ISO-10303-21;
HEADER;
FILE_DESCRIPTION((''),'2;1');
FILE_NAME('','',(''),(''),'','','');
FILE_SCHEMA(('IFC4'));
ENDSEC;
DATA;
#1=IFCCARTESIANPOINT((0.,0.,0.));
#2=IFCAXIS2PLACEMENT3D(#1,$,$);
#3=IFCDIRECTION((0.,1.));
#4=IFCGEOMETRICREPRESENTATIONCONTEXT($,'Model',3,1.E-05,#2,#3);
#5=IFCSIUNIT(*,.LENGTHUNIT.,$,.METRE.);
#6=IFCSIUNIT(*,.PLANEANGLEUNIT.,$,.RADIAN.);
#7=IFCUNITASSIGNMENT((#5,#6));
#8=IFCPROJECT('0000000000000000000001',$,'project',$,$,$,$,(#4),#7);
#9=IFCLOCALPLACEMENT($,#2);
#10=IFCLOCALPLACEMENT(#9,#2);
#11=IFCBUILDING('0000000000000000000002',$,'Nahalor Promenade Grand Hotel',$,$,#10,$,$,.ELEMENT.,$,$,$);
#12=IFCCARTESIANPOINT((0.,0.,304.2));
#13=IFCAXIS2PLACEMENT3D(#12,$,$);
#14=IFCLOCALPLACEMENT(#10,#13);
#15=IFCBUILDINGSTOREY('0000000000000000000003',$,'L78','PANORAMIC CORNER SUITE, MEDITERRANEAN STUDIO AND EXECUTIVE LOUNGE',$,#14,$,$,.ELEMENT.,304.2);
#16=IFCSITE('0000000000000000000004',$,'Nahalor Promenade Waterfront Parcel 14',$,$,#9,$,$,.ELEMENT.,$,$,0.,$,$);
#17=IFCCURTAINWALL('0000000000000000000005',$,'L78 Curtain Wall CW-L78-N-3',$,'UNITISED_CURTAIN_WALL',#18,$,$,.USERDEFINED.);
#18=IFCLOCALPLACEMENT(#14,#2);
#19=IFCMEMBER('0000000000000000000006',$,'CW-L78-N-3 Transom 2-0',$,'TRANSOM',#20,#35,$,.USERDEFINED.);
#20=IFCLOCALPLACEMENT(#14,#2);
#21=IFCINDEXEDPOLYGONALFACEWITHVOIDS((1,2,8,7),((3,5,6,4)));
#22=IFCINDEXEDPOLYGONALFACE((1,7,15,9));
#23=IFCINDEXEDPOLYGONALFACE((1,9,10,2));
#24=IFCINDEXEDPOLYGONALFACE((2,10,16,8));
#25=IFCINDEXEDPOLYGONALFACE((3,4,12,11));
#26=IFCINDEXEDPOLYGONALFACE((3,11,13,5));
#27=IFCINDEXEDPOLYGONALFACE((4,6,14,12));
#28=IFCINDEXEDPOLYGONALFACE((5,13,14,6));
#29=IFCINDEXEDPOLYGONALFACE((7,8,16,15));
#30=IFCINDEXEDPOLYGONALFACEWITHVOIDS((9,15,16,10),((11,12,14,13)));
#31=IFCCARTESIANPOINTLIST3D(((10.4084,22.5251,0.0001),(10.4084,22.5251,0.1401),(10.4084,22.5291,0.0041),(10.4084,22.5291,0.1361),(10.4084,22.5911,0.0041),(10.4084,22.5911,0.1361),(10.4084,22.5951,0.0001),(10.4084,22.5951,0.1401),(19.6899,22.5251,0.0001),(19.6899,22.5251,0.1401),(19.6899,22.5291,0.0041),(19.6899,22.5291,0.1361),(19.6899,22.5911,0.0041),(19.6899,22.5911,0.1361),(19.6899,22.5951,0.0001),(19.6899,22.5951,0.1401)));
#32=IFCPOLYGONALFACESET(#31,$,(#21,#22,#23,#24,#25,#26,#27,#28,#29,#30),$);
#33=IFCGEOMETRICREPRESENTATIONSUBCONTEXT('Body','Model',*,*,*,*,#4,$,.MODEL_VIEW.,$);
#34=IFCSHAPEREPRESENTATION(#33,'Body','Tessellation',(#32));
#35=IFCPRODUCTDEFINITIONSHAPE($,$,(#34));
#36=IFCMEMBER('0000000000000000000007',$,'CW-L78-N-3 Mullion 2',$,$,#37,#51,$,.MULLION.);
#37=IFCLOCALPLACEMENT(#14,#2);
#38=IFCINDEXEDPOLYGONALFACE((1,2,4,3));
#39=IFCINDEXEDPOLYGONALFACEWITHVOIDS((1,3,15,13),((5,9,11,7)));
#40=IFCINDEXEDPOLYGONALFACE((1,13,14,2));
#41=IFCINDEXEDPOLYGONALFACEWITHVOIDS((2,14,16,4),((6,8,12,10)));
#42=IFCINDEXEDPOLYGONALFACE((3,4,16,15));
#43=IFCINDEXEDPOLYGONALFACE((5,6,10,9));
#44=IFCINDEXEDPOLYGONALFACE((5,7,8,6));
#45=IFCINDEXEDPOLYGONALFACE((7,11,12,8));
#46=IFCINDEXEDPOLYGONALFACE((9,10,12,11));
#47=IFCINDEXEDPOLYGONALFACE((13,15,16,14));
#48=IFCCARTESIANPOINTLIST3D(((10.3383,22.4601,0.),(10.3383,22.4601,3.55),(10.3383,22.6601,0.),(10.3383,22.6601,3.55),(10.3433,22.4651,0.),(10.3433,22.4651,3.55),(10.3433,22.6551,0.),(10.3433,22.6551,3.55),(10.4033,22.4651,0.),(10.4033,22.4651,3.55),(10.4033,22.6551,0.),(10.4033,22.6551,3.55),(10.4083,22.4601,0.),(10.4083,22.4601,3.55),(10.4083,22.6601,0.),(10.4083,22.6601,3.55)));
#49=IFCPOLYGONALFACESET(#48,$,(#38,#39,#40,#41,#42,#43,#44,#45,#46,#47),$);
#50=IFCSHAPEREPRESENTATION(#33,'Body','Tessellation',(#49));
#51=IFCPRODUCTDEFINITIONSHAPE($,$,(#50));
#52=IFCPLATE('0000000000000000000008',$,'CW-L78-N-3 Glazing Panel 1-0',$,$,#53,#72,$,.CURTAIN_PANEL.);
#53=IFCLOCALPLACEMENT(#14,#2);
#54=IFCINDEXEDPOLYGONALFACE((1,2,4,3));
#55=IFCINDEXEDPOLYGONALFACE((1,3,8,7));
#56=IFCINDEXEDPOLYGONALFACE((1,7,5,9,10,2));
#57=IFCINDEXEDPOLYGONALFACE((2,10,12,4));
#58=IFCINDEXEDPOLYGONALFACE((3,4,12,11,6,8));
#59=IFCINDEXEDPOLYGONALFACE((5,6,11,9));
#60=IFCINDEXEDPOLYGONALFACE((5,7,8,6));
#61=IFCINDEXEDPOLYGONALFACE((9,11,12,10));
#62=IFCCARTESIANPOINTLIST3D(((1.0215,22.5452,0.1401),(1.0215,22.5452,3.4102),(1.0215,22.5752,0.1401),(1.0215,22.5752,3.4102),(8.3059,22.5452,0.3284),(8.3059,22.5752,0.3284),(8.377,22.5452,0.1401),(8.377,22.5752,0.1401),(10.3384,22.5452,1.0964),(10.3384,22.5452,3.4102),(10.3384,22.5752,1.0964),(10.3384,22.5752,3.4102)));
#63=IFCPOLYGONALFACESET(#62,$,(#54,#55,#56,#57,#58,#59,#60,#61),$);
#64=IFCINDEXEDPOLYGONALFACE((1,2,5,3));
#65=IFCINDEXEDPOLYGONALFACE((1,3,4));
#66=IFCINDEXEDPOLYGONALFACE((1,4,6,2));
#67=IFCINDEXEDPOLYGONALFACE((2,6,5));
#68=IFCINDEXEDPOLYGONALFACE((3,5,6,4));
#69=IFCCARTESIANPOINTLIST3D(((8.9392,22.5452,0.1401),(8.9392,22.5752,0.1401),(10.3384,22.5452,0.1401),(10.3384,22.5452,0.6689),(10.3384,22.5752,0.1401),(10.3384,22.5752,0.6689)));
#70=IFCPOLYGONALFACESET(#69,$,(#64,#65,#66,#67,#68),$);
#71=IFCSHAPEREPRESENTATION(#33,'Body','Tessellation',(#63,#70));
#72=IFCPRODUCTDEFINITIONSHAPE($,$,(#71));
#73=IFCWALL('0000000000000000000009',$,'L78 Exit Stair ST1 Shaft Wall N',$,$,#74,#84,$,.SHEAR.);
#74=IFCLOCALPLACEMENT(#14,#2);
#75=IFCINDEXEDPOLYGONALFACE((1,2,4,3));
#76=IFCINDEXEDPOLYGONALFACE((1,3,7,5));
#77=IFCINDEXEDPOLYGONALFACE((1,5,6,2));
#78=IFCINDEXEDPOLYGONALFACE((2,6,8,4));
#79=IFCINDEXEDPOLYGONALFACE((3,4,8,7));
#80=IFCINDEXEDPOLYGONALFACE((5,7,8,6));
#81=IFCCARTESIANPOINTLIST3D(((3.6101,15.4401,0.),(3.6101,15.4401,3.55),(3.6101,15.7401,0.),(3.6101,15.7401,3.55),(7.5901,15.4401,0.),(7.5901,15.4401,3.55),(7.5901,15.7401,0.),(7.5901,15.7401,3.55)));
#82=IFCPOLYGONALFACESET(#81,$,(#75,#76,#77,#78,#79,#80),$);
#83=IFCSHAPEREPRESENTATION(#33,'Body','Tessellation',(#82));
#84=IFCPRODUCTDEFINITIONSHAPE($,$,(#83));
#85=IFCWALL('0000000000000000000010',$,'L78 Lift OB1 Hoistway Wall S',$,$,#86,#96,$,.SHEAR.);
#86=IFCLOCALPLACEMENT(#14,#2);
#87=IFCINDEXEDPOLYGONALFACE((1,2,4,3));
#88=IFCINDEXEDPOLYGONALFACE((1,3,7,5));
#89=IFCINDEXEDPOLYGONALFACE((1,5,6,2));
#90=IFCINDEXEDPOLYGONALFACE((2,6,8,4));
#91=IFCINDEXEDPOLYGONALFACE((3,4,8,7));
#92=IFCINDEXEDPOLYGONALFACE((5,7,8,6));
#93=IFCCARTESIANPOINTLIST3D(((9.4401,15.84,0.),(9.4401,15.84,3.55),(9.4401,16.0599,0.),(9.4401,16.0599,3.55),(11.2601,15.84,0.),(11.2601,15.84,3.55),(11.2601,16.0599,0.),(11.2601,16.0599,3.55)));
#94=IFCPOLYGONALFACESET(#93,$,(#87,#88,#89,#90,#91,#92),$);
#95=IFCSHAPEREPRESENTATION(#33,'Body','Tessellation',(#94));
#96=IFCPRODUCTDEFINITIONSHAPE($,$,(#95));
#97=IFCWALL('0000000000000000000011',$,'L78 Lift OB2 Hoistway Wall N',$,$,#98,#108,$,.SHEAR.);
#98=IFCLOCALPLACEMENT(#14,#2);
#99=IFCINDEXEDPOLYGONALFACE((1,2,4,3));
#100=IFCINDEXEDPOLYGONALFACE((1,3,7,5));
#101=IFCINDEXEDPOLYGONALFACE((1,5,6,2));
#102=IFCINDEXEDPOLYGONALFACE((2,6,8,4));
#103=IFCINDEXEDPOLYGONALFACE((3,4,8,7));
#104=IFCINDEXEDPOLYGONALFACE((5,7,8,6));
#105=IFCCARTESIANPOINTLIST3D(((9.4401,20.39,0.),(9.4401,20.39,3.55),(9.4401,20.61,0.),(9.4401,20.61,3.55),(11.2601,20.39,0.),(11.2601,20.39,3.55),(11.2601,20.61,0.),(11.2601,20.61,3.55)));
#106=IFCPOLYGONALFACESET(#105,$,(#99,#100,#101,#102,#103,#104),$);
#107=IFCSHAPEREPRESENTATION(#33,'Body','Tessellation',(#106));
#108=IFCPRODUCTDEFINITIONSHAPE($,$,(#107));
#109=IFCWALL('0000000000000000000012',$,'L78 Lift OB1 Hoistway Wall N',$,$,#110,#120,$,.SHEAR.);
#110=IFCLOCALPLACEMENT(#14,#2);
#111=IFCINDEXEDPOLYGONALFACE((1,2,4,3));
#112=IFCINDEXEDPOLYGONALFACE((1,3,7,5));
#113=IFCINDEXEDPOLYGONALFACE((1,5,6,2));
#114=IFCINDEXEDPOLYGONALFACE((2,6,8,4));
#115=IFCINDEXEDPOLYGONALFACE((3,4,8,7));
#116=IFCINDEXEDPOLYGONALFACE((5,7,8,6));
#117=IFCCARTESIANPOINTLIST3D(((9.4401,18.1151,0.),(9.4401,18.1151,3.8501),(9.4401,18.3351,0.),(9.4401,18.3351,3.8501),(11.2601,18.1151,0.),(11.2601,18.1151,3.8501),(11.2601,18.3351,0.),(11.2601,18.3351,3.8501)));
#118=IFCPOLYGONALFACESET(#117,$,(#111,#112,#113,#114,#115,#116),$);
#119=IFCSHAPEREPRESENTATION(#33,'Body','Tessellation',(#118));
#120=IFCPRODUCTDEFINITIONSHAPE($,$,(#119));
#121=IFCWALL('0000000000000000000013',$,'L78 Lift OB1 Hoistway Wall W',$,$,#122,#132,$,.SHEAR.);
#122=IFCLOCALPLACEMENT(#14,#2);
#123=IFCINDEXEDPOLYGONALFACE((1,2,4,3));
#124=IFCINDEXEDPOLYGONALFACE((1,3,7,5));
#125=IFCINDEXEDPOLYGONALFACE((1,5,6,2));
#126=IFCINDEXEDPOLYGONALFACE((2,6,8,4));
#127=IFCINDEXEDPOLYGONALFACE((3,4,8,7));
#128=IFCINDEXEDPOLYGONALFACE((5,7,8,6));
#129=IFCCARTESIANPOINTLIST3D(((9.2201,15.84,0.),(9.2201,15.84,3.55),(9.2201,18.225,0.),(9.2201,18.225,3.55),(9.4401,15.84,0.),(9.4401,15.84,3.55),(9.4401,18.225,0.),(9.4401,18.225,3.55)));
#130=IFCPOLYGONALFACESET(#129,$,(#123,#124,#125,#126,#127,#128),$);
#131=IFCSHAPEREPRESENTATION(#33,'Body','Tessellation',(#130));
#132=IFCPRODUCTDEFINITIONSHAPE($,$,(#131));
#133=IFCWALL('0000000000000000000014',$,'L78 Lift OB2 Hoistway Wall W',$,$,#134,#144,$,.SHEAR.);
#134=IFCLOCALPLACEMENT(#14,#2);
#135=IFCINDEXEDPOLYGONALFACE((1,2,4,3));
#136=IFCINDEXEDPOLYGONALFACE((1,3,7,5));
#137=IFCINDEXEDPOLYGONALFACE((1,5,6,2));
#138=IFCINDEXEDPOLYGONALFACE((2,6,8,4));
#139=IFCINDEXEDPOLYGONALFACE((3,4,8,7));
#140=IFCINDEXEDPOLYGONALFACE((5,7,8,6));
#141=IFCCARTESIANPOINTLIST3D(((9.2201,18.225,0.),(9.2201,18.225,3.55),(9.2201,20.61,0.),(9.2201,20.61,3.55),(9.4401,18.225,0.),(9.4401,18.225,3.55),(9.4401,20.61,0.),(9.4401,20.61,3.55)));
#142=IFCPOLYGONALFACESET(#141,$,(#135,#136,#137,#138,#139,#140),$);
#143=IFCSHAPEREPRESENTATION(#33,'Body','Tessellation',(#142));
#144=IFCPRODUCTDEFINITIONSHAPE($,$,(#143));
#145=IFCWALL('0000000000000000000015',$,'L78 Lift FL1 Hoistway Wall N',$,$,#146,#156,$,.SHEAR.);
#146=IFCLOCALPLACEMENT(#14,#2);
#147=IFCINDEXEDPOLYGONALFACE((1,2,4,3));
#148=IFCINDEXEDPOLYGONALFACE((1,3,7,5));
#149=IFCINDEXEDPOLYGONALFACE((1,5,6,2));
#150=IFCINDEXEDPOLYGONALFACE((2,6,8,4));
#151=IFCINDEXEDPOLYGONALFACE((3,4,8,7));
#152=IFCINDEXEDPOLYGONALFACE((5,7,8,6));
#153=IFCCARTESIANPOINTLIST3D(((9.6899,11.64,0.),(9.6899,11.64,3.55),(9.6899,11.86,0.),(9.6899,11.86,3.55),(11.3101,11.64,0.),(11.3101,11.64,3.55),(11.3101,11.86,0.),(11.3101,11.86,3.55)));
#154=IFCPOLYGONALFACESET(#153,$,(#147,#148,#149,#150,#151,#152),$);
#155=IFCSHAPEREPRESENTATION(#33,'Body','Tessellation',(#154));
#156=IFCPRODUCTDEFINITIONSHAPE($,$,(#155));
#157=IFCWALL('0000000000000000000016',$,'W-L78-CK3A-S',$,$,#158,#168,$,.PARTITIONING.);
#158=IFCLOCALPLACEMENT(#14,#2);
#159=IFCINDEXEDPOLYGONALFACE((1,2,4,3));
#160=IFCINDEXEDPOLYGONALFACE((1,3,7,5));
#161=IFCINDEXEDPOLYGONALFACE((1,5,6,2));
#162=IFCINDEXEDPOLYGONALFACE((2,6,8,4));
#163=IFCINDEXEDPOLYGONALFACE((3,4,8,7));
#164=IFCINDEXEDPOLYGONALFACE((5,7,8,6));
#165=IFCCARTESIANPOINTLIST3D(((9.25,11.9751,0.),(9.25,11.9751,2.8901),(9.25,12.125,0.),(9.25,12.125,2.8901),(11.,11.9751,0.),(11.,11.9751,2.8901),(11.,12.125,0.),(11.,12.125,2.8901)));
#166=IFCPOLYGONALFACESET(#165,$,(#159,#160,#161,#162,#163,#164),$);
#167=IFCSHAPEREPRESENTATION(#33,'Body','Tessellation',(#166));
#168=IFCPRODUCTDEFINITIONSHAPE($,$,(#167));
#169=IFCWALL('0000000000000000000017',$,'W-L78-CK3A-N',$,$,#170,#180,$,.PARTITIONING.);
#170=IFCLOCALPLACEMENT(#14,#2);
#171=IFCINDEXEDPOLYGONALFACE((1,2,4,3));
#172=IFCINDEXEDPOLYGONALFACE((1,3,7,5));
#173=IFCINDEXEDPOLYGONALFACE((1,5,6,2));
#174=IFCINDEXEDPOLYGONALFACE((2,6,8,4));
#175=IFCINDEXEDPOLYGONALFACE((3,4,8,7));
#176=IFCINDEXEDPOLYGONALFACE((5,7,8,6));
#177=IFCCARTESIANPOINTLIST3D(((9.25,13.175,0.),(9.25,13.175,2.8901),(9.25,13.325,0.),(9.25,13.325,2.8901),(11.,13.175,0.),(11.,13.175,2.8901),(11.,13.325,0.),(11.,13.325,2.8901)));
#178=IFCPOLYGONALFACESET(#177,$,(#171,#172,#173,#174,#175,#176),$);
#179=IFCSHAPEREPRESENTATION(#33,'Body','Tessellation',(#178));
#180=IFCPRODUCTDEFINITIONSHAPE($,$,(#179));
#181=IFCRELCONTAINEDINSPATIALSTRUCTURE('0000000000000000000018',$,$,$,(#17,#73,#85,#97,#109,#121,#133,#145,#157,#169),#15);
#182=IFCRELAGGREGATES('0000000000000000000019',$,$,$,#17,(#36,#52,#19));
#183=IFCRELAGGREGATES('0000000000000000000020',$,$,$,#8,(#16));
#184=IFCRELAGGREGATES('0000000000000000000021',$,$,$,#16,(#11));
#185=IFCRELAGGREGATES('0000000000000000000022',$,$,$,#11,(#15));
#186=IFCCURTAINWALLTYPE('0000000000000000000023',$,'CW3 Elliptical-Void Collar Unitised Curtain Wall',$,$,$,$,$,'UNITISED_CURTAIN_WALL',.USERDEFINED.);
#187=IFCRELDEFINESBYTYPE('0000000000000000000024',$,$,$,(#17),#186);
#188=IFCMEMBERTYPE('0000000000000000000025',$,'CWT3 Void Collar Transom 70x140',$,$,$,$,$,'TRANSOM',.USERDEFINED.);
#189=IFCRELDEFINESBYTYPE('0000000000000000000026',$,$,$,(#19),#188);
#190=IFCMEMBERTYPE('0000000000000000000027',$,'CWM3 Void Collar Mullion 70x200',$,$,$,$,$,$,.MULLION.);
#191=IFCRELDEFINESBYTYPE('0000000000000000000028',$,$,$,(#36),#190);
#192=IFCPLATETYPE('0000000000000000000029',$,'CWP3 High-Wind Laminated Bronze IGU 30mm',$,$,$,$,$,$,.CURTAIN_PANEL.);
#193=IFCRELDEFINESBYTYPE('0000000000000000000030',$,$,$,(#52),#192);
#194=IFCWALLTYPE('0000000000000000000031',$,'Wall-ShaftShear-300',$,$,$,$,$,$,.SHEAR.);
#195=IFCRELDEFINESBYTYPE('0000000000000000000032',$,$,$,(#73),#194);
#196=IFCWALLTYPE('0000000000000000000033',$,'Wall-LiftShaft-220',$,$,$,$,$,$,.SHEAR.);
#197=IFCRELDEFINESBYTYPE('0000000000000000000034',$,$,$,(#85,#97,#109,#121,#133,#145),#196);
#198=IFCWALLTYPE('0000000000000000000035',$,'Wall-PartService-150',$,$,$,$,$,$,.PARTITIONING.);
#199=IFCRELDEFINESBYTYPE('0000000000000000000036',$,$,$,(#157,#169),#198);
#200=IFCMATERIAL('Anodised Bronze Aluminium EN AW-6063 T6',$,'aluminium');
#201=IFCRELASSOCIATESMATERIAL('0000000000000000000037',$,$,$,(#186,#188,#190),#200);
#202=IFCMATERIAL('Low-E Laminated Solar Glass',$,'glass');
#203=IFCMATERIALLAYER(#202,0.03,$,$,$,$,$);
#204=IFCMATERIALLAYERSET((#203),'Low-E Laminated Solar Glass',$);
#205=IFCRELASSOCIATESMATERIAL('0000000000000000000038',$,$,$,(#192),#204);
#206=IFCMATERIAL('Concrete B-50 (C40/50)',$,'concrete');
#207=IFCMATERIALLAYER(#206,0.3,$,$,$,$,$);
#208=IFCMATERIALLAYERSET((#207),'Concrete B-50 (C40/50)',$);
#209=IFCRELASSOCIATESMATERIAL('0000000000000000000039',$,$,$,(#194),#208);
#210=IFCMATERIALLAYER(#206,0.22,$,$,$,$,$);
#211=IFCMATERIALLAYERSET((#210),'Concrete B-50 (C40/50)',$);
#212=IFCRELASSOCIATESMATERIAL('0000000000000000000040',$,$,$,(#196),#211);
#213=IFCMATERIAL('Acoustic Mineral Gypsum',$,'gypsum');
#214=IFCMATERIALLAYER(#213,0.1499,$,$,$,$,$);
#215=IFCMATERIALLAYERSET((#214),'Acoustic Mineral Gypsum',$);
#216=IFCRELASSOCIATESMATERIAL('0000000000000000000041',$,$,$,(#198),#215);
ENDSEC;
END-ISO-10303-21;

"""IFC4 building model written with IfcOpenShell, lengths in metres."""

from ifc_helpers import new_model, si_unit, direction, frame, frame_2d, origin, origin_2d, place, context, subcontext, project, spatial, polyline, rectangle, hollow_rectangle, outline, extrude, source, transform, mapped, material, layer, layer_set, material_profile, profile_set, type_object, element, aggregate, save


model = new_model("IFC4")

# Units and contexts
model_context = context("Model", 3, precision=1e-05, world=origin(), true_north=direction((0.0, 1.0)))
body_context = subcontext(model_context, "Body", "Model", "MODEL_VIEW")
ifc_project = project(units=[si_unit("LENGTHUNIT", "METRE"), si_unit("PLANEANGLEUNIT", "RADIAN")], contexts=[model_context])

# Site, building, storey
site_placement = place(None, origin())
site = spatial("IfcSite", under=ifc_project, at=site_placement, Name="Nahalor Promenade Waterfront Parcel 14", CompositionType="ELEMENT", RefElevation=0.0)
building_placement = place(site_placement, origin())
building = spatial("IfcBuilding", under=site, at=building_placement, Name="Nahalor Promenade Grand Hotel", CompositionType="ELEMENT")
storey_placement = place(building_placement, frame((0.0, 0.0, 304.2)))
storey = spatial("IfcBuildingStorey", under=building, at=storey_placement, Name="L78", Description="PANORAMIC CORNER SUITE, MEDITERRANEAN STUDIO AND EXECUTIVE LOUNGE", CompositionType="ELEMENT", Elevation=304.2)

# Shared definitions
ifc_material_1 = material(Name="Concrete B-50 (C40/50)", Category="concrete")

# Curtain wall, members, plate
ifc_material_2 = material(Name="Anodised Bronze Aluminium EN AW-6063 T6", Category="aluminium")
curtain_wall_type = type_object("IfcCurtainWallType", Name="CW3 Elliptical-Void Collar Unitised Curtain Wall", ElementType="UNITISED_CURTAIN_WALL", PredefinedType="USERDEFINED", material=ifc_material_2)
curtain_wall_placement = place(storey_placement, origin())
curtain_wall = element("IfcCurtainWall", 1, at=curtain_wall_placement, inside=storey, type_object=curtain_wall_type, Name="L78 Curtain Wall CW-L78-N-3", ObjectType="UNITISED_CURTAIN_WALL", PredefinedType="USERDEFINED")
ifc_material_profile_1 = material_profile(ifc_material_2, hollow_rectangle(XDim=0.07, YDim=0.14, WallThickness=0.004, at=origin_2d()), Name="CWT 70x140x4")
ifc_profile_set_1 = profile_set([ifc_material_profile_1], Name="Anodised Bronze Aluminium EN AW-6063 T6")
member_type_1 = type_object("IfcMemberType", Name="CWT3 Void Collar Transom 70x140", ElementType="TRANSOM", PredefinedType="USERDEFINED", material=ifc_profile_set_1)
shared_shape_1 = source(origin(), body_context, "Body", "SweptSolid", [
    extrude(hollow_rectangle(XDim=0.07, YDim=0.14, WallThickness=0.004, at=origin_2d()), origin(), (0.0, 0.0, 1.0), 9.2815),
])
member_1_placement = place(storey_placement, frame((10.4084, 22.5601, 0.0701), z_axis=(1.0, 0.0, 0.0), x_axis=(0.0, 1.0, 0.0)))
member_1 = element("IfcMember", 2, at=member_1_placement, type_object=member_type_1, Name="CW-L78-N-3 Transom 2-0", ObjectType="TRANSOM", PredefinedType="USERDEFINED", context=body_context, shape_type="MappedRepresentation", body=[
    mapped(shared_shape_1, transform((0.0, 0.0, 0.0), scale=1.0)),
])
ifc_material_profile_2 = material_profile(ifc_material_2, hollow_rectangle(XDim=0.07, YDim=0.2, WallThickness=0.005, at=origin_2d()), Name="CWM 70x200x5")
ifc_profile_set_2 = profile_set([ifc_material_profile_2], Name="Anodised Bronze Aluminium EN AW-6063 T6")
member_type_2 = type_object("IfcMemberType", Name="CWM3 Void Collar Mullion 70x200", PredefinedType="MULLION", material=ifc_profile_set_2)
shared_shape_2 = source(origin(), body_context, "Body", "SweptSolid", [
    extrude(hollow_rectangle(XDim=0.07, YDim=0.2, WallThickness=0.005, at=origin_2d()), origin(), (0.0, 0.0, 1.0), 3.55),
])
member_2_placement = place(storey_placement, frame((10.3733, 22.5601, 0.0), z_axis=(0.0, 0.0, 1.0), x_axis=(1.0, 0.0, 0.0)))
member_2 = element("IfcMember", 3, at=member_2_placement, type_object=member_type_2, Name="CW-L78-N-3 Mullion 2", PredefinedType="MULLION", context=body_context, shape_type="MappedRepresentation", body=[
    mapped(shared_shape_2, transform((0.0, 0.0, 0.0), scale=1.0)),
])
ifc_material_3 = material(Name="Low-E Laminated Solar Glass", Category="glass")
ifc_layer_1 = layer(ifc_material_3, 0.03)
ifc_layer_set_1 = layer_set([ifc_layer_1], Name="Low-E Laminated Solar Glass")
plate_type = type_object("IfcPlateType", Name="CWP3 High-Wind Laminated Bronze IGU 30mm", PredefinedType="CURTAIN_PANEL", material=ifc_layer_set_1)
plate_placement = place(storey_placement, frame((5.6799, 22.5601, 0.1401), z_axis=(0.0, 0.0, 1.0), x_axis=(1.0, 0.0, 0.0)))
plate = element("IfcPlate", 4, at=plate_placement, type_object=plate_type, Name="CW-L78-N-3 Glazing Panel 1-0", PredefinedType="CURTAIN_PANEL", context=body_context, shape_type="SweptSolid", body=[
    extrude(outline(polyline([(-4.6584, 3.27), (-4.6584, 0.0), (2.697, 0.0), (2.626, 0.1882), (4.6584, 0.9563), (4.6584, 3.27), (-4.6584, 3.27)])), frame((0.0, 0.0151, 0.0), z_axis=(0.0, -1.0, 0.0), x_axis=(1.0, 0.0, 0.0)), (0.0, 0.0, 1.0), 0.03),
    extrude(outline(polyline([(3.2593, 0.0), (4.6584, 0.0), (4.6584, 0.5288), (3.2593, 0.0)])), frame((0.0, 0.0151, 0.0), z_axis=(0.0, -1.0, 0.0), x_axis=(1.0, 0.0, 0.0)), (0.0, 0.0, 1.0), 0.03),
])
aggregate(curtain_wall, [member_2, plate, member_1])

# Walls
ifc_layer_2 = layer(ifc_material_1, 0.3)
ifc_layer_set_2 = layer_set([ifc_layer_2], Name="Concrete B-50 (C40/50)")
wall_type_1 = type_object("IfcWallType", Name="Wall-ShaftShear-300", PredefinedType="SHEAR", material=ifc_layer_set_2)
shared_shape_3 = source(origin(), body_context, "Body", "SweptSolid", [
    extrude(rectangle(XDim=3.98, YDim=0.3, at=frame_2d((1.99, 0.0))), origin(), (0.0, 0.0, 1.0), 3.55),
])
wall_1_placement = place(storey_placement, frame((3.6101, 15.5901, 0.0), z_axis=(0.0, 0.0, 1.0), x_axis=(1.0, 0.0, 0.0)))
element("IfcWall", 5, at=wall_1_placement, inside=storey, type_object=wall_type_1, Name="L78 Exit Stair ST1 Shaft Wall N", PredefinedType="SHEAR", context=body_context, shape_type="MappedRepresentation", body=[
    mapped(shared_shape_3, transform((0.0, 0.0, 0.0), scale=1.0)),
])
ifc_layer_3 = layer(ifc_material_1, 0.22)
ifc_layer_set_3 = layer_set([ifc_layer_3], Name="Concrete B-50 (C40/50)")
wall_type_2 = type_object("IfcWallType", Name="Wall-LiftShaft-220", PredefinedType="SHEAR", material=ifc_layer_set_3)
shared_shape_4 = source(origin(), body_context, "Body", "SweptSolid", [
    extrude(rectangle(XDim=1.8201, YDim=0.22, at=frame_2d((0.9102, 0.0))), origin(), (0.0, 0.0, 1.0), 3.55),
])
for number, where, z_axis, x_axis, name in (
    (6, (9.4399, 15.95, 0.0), (0.0, 0.0, 1.0), (1.0, 0.0, 0.0), "L78 Lift OB1 Hoistway Wall S"),
    (7, (9.4399, 20.5, 0.0), (0.0, 0.0, 1.0), (1.0, 0.0, 0.0), "L78 Lift OB2 Hoistway Wall N"),
):
    element("IfcWall", number, at=place(storey_placement, frame(where, z_axis=z_axis, x_axis=x_axis)), inside=storey, type_object=wall_type_2, Name=name, PredefinedType="SHEAR", context=body_context, shape_type="MappedRepresentation", body=[
        mapped(shared_shape_4, transform((0.0, 0.0, 0.0), scale=1.0)),
    ])
shared_shape_5 = source(origin(), body_context, "Body", "SweptSolid", [
    extrude(rectangle(XDim=1.8201, YDim=0.22, at=frame_2d((0.9102, 0.0))), origin(), (0.0, 0.0, 1.0), 3.8501),
])
wall_2_placement = place(storey_placement, frame((9.4399, 18.2251, 0.0), z_axis=(0.0, 0.0, 1.0), x_axis=(1.0, 0.0, 0.0)))
element("IfcWall", 8, at=wall_2_placement, inside=storey, type_object=wall_type_2, Name="L78 Lift OB1 Hoistway Wall N", PredefinedType="SHEAR", context=body_context, shape_type="MappedRepresentation", body=[
    mapped(shared_shape_5, transform((0.0, 0.0, 0.0), scale=1.0)),
])
shared_shape_6 = source(origin(), body_context, "Body", "SweptSolid", [
    extrude(rectangle(XDim=2.385, YDim=0.22, at=frame_2d((1.1924, 0.0))), origin(), (0.0, 0.0, 1.0), 3.55),
])
for number, where, z_axis, x_axis, name in (
    (9, (9.3301, 15.8401, 0.0), (0.0, 0.0, 1.0), (0.0, 1.0, 0.0), "L78 Lift OB1 Hoistway Wall W"),
    (10, (9.3301, 18.2251, 0.0), (0.0, 0.0, 1.0), (0.0, 1.0, 0.0), "L78 Lift OB2 Hoistway Wall W"),
):
    element("IfcWall", number, at=place(storey_placement, frame(where, z_axis=z_axis, x_axis=x_axis)), inside=storey, type_object=wall_type_2, Name=name, PredefinedType="SHEAR", context=body_context, shape_type="MappedRepresentation", body=[
        mapped(shared_shape_6, transform((0.0, 0.0, 0.0), scale=1.0)),
    ])
shared_shape_7 = source(origin(), body_context, "Body", "SweptSolid", [
    extrude(rectangle(XDim=1.6201, YDim=0.22, at=frame_2d((0.8101, 0.0))), origin(), (0.0, 0.0, 1.0), 3.55),
])
wall_3_placement = place(storey_placement, frame((9.6899, 11.75, 0.0), z_axis=(0.0, 0.0, 1.0), x_axis=(1.0, 0.0, 0.0)))
element("IfcWall", 11, at=wall_3_placement, inside=storey, type_object=wall_type_2, Name="L78 Lift FL1 Hoistway Wall N", PredefinedType="SHEAR", context=body_context, shape_type="MappedRepresentation", body=[
    mapped(shared_shape_7, transform((0.0, 0.0, 0.0), scale=1.0)),
])
ifc_material_4 = material(Name="Acoustic Mineral Gypsum", Category="gypsum")
ifc_layer_4 = layer(ifc_material_4, 0.1499)
ifc_layer_set_4 = layer_set([ifc_layer_4], Name="Acoustic Mineral Gypsum")
wall_type_3 = type_object("IfcWallType", Name="Wall-PartService-150", PredefinedType="PARTITIONING", material=ifc_layer_set_4)
shared_shape_8 = source(origin(), body_context, "Body", "SweptSolid", [
    extrude(rectangle(XDim=1.75, YDim=0.1499, at=frame_2d((0.875, 0.0))), origin(), (0.0, 0.0, 1.0), 2.8901),
])
for number, where, z_axis, x_axis, name in (
    (12, (9.25, 12.05, 0.0), (0.0, 0.0, 1.0), (1.0, 0.0, 0.0), "W-L78-CK3A-S"),
    (13, (9.25, 13.25, 0.0), (0.0, 0.0, 1.0), (1.0, 0.0, 0.0), "W-L78-CK3A-N"),
):
    element("IfcWall", number, at=place(storey_placement, frame(where, z_axis=z_axis, x_axis=x_axis)), inside=storey, type_object=wall_type_3, Name=name, PredefinedType="PARTITIONING", context=body_context, shape_type="MappedRepresentation", body=[
        mapped(shared_shape_8, transform((0.0, 0.0, 0.0), scale=1.0)),
    ])

save(model, "model.ifc")
